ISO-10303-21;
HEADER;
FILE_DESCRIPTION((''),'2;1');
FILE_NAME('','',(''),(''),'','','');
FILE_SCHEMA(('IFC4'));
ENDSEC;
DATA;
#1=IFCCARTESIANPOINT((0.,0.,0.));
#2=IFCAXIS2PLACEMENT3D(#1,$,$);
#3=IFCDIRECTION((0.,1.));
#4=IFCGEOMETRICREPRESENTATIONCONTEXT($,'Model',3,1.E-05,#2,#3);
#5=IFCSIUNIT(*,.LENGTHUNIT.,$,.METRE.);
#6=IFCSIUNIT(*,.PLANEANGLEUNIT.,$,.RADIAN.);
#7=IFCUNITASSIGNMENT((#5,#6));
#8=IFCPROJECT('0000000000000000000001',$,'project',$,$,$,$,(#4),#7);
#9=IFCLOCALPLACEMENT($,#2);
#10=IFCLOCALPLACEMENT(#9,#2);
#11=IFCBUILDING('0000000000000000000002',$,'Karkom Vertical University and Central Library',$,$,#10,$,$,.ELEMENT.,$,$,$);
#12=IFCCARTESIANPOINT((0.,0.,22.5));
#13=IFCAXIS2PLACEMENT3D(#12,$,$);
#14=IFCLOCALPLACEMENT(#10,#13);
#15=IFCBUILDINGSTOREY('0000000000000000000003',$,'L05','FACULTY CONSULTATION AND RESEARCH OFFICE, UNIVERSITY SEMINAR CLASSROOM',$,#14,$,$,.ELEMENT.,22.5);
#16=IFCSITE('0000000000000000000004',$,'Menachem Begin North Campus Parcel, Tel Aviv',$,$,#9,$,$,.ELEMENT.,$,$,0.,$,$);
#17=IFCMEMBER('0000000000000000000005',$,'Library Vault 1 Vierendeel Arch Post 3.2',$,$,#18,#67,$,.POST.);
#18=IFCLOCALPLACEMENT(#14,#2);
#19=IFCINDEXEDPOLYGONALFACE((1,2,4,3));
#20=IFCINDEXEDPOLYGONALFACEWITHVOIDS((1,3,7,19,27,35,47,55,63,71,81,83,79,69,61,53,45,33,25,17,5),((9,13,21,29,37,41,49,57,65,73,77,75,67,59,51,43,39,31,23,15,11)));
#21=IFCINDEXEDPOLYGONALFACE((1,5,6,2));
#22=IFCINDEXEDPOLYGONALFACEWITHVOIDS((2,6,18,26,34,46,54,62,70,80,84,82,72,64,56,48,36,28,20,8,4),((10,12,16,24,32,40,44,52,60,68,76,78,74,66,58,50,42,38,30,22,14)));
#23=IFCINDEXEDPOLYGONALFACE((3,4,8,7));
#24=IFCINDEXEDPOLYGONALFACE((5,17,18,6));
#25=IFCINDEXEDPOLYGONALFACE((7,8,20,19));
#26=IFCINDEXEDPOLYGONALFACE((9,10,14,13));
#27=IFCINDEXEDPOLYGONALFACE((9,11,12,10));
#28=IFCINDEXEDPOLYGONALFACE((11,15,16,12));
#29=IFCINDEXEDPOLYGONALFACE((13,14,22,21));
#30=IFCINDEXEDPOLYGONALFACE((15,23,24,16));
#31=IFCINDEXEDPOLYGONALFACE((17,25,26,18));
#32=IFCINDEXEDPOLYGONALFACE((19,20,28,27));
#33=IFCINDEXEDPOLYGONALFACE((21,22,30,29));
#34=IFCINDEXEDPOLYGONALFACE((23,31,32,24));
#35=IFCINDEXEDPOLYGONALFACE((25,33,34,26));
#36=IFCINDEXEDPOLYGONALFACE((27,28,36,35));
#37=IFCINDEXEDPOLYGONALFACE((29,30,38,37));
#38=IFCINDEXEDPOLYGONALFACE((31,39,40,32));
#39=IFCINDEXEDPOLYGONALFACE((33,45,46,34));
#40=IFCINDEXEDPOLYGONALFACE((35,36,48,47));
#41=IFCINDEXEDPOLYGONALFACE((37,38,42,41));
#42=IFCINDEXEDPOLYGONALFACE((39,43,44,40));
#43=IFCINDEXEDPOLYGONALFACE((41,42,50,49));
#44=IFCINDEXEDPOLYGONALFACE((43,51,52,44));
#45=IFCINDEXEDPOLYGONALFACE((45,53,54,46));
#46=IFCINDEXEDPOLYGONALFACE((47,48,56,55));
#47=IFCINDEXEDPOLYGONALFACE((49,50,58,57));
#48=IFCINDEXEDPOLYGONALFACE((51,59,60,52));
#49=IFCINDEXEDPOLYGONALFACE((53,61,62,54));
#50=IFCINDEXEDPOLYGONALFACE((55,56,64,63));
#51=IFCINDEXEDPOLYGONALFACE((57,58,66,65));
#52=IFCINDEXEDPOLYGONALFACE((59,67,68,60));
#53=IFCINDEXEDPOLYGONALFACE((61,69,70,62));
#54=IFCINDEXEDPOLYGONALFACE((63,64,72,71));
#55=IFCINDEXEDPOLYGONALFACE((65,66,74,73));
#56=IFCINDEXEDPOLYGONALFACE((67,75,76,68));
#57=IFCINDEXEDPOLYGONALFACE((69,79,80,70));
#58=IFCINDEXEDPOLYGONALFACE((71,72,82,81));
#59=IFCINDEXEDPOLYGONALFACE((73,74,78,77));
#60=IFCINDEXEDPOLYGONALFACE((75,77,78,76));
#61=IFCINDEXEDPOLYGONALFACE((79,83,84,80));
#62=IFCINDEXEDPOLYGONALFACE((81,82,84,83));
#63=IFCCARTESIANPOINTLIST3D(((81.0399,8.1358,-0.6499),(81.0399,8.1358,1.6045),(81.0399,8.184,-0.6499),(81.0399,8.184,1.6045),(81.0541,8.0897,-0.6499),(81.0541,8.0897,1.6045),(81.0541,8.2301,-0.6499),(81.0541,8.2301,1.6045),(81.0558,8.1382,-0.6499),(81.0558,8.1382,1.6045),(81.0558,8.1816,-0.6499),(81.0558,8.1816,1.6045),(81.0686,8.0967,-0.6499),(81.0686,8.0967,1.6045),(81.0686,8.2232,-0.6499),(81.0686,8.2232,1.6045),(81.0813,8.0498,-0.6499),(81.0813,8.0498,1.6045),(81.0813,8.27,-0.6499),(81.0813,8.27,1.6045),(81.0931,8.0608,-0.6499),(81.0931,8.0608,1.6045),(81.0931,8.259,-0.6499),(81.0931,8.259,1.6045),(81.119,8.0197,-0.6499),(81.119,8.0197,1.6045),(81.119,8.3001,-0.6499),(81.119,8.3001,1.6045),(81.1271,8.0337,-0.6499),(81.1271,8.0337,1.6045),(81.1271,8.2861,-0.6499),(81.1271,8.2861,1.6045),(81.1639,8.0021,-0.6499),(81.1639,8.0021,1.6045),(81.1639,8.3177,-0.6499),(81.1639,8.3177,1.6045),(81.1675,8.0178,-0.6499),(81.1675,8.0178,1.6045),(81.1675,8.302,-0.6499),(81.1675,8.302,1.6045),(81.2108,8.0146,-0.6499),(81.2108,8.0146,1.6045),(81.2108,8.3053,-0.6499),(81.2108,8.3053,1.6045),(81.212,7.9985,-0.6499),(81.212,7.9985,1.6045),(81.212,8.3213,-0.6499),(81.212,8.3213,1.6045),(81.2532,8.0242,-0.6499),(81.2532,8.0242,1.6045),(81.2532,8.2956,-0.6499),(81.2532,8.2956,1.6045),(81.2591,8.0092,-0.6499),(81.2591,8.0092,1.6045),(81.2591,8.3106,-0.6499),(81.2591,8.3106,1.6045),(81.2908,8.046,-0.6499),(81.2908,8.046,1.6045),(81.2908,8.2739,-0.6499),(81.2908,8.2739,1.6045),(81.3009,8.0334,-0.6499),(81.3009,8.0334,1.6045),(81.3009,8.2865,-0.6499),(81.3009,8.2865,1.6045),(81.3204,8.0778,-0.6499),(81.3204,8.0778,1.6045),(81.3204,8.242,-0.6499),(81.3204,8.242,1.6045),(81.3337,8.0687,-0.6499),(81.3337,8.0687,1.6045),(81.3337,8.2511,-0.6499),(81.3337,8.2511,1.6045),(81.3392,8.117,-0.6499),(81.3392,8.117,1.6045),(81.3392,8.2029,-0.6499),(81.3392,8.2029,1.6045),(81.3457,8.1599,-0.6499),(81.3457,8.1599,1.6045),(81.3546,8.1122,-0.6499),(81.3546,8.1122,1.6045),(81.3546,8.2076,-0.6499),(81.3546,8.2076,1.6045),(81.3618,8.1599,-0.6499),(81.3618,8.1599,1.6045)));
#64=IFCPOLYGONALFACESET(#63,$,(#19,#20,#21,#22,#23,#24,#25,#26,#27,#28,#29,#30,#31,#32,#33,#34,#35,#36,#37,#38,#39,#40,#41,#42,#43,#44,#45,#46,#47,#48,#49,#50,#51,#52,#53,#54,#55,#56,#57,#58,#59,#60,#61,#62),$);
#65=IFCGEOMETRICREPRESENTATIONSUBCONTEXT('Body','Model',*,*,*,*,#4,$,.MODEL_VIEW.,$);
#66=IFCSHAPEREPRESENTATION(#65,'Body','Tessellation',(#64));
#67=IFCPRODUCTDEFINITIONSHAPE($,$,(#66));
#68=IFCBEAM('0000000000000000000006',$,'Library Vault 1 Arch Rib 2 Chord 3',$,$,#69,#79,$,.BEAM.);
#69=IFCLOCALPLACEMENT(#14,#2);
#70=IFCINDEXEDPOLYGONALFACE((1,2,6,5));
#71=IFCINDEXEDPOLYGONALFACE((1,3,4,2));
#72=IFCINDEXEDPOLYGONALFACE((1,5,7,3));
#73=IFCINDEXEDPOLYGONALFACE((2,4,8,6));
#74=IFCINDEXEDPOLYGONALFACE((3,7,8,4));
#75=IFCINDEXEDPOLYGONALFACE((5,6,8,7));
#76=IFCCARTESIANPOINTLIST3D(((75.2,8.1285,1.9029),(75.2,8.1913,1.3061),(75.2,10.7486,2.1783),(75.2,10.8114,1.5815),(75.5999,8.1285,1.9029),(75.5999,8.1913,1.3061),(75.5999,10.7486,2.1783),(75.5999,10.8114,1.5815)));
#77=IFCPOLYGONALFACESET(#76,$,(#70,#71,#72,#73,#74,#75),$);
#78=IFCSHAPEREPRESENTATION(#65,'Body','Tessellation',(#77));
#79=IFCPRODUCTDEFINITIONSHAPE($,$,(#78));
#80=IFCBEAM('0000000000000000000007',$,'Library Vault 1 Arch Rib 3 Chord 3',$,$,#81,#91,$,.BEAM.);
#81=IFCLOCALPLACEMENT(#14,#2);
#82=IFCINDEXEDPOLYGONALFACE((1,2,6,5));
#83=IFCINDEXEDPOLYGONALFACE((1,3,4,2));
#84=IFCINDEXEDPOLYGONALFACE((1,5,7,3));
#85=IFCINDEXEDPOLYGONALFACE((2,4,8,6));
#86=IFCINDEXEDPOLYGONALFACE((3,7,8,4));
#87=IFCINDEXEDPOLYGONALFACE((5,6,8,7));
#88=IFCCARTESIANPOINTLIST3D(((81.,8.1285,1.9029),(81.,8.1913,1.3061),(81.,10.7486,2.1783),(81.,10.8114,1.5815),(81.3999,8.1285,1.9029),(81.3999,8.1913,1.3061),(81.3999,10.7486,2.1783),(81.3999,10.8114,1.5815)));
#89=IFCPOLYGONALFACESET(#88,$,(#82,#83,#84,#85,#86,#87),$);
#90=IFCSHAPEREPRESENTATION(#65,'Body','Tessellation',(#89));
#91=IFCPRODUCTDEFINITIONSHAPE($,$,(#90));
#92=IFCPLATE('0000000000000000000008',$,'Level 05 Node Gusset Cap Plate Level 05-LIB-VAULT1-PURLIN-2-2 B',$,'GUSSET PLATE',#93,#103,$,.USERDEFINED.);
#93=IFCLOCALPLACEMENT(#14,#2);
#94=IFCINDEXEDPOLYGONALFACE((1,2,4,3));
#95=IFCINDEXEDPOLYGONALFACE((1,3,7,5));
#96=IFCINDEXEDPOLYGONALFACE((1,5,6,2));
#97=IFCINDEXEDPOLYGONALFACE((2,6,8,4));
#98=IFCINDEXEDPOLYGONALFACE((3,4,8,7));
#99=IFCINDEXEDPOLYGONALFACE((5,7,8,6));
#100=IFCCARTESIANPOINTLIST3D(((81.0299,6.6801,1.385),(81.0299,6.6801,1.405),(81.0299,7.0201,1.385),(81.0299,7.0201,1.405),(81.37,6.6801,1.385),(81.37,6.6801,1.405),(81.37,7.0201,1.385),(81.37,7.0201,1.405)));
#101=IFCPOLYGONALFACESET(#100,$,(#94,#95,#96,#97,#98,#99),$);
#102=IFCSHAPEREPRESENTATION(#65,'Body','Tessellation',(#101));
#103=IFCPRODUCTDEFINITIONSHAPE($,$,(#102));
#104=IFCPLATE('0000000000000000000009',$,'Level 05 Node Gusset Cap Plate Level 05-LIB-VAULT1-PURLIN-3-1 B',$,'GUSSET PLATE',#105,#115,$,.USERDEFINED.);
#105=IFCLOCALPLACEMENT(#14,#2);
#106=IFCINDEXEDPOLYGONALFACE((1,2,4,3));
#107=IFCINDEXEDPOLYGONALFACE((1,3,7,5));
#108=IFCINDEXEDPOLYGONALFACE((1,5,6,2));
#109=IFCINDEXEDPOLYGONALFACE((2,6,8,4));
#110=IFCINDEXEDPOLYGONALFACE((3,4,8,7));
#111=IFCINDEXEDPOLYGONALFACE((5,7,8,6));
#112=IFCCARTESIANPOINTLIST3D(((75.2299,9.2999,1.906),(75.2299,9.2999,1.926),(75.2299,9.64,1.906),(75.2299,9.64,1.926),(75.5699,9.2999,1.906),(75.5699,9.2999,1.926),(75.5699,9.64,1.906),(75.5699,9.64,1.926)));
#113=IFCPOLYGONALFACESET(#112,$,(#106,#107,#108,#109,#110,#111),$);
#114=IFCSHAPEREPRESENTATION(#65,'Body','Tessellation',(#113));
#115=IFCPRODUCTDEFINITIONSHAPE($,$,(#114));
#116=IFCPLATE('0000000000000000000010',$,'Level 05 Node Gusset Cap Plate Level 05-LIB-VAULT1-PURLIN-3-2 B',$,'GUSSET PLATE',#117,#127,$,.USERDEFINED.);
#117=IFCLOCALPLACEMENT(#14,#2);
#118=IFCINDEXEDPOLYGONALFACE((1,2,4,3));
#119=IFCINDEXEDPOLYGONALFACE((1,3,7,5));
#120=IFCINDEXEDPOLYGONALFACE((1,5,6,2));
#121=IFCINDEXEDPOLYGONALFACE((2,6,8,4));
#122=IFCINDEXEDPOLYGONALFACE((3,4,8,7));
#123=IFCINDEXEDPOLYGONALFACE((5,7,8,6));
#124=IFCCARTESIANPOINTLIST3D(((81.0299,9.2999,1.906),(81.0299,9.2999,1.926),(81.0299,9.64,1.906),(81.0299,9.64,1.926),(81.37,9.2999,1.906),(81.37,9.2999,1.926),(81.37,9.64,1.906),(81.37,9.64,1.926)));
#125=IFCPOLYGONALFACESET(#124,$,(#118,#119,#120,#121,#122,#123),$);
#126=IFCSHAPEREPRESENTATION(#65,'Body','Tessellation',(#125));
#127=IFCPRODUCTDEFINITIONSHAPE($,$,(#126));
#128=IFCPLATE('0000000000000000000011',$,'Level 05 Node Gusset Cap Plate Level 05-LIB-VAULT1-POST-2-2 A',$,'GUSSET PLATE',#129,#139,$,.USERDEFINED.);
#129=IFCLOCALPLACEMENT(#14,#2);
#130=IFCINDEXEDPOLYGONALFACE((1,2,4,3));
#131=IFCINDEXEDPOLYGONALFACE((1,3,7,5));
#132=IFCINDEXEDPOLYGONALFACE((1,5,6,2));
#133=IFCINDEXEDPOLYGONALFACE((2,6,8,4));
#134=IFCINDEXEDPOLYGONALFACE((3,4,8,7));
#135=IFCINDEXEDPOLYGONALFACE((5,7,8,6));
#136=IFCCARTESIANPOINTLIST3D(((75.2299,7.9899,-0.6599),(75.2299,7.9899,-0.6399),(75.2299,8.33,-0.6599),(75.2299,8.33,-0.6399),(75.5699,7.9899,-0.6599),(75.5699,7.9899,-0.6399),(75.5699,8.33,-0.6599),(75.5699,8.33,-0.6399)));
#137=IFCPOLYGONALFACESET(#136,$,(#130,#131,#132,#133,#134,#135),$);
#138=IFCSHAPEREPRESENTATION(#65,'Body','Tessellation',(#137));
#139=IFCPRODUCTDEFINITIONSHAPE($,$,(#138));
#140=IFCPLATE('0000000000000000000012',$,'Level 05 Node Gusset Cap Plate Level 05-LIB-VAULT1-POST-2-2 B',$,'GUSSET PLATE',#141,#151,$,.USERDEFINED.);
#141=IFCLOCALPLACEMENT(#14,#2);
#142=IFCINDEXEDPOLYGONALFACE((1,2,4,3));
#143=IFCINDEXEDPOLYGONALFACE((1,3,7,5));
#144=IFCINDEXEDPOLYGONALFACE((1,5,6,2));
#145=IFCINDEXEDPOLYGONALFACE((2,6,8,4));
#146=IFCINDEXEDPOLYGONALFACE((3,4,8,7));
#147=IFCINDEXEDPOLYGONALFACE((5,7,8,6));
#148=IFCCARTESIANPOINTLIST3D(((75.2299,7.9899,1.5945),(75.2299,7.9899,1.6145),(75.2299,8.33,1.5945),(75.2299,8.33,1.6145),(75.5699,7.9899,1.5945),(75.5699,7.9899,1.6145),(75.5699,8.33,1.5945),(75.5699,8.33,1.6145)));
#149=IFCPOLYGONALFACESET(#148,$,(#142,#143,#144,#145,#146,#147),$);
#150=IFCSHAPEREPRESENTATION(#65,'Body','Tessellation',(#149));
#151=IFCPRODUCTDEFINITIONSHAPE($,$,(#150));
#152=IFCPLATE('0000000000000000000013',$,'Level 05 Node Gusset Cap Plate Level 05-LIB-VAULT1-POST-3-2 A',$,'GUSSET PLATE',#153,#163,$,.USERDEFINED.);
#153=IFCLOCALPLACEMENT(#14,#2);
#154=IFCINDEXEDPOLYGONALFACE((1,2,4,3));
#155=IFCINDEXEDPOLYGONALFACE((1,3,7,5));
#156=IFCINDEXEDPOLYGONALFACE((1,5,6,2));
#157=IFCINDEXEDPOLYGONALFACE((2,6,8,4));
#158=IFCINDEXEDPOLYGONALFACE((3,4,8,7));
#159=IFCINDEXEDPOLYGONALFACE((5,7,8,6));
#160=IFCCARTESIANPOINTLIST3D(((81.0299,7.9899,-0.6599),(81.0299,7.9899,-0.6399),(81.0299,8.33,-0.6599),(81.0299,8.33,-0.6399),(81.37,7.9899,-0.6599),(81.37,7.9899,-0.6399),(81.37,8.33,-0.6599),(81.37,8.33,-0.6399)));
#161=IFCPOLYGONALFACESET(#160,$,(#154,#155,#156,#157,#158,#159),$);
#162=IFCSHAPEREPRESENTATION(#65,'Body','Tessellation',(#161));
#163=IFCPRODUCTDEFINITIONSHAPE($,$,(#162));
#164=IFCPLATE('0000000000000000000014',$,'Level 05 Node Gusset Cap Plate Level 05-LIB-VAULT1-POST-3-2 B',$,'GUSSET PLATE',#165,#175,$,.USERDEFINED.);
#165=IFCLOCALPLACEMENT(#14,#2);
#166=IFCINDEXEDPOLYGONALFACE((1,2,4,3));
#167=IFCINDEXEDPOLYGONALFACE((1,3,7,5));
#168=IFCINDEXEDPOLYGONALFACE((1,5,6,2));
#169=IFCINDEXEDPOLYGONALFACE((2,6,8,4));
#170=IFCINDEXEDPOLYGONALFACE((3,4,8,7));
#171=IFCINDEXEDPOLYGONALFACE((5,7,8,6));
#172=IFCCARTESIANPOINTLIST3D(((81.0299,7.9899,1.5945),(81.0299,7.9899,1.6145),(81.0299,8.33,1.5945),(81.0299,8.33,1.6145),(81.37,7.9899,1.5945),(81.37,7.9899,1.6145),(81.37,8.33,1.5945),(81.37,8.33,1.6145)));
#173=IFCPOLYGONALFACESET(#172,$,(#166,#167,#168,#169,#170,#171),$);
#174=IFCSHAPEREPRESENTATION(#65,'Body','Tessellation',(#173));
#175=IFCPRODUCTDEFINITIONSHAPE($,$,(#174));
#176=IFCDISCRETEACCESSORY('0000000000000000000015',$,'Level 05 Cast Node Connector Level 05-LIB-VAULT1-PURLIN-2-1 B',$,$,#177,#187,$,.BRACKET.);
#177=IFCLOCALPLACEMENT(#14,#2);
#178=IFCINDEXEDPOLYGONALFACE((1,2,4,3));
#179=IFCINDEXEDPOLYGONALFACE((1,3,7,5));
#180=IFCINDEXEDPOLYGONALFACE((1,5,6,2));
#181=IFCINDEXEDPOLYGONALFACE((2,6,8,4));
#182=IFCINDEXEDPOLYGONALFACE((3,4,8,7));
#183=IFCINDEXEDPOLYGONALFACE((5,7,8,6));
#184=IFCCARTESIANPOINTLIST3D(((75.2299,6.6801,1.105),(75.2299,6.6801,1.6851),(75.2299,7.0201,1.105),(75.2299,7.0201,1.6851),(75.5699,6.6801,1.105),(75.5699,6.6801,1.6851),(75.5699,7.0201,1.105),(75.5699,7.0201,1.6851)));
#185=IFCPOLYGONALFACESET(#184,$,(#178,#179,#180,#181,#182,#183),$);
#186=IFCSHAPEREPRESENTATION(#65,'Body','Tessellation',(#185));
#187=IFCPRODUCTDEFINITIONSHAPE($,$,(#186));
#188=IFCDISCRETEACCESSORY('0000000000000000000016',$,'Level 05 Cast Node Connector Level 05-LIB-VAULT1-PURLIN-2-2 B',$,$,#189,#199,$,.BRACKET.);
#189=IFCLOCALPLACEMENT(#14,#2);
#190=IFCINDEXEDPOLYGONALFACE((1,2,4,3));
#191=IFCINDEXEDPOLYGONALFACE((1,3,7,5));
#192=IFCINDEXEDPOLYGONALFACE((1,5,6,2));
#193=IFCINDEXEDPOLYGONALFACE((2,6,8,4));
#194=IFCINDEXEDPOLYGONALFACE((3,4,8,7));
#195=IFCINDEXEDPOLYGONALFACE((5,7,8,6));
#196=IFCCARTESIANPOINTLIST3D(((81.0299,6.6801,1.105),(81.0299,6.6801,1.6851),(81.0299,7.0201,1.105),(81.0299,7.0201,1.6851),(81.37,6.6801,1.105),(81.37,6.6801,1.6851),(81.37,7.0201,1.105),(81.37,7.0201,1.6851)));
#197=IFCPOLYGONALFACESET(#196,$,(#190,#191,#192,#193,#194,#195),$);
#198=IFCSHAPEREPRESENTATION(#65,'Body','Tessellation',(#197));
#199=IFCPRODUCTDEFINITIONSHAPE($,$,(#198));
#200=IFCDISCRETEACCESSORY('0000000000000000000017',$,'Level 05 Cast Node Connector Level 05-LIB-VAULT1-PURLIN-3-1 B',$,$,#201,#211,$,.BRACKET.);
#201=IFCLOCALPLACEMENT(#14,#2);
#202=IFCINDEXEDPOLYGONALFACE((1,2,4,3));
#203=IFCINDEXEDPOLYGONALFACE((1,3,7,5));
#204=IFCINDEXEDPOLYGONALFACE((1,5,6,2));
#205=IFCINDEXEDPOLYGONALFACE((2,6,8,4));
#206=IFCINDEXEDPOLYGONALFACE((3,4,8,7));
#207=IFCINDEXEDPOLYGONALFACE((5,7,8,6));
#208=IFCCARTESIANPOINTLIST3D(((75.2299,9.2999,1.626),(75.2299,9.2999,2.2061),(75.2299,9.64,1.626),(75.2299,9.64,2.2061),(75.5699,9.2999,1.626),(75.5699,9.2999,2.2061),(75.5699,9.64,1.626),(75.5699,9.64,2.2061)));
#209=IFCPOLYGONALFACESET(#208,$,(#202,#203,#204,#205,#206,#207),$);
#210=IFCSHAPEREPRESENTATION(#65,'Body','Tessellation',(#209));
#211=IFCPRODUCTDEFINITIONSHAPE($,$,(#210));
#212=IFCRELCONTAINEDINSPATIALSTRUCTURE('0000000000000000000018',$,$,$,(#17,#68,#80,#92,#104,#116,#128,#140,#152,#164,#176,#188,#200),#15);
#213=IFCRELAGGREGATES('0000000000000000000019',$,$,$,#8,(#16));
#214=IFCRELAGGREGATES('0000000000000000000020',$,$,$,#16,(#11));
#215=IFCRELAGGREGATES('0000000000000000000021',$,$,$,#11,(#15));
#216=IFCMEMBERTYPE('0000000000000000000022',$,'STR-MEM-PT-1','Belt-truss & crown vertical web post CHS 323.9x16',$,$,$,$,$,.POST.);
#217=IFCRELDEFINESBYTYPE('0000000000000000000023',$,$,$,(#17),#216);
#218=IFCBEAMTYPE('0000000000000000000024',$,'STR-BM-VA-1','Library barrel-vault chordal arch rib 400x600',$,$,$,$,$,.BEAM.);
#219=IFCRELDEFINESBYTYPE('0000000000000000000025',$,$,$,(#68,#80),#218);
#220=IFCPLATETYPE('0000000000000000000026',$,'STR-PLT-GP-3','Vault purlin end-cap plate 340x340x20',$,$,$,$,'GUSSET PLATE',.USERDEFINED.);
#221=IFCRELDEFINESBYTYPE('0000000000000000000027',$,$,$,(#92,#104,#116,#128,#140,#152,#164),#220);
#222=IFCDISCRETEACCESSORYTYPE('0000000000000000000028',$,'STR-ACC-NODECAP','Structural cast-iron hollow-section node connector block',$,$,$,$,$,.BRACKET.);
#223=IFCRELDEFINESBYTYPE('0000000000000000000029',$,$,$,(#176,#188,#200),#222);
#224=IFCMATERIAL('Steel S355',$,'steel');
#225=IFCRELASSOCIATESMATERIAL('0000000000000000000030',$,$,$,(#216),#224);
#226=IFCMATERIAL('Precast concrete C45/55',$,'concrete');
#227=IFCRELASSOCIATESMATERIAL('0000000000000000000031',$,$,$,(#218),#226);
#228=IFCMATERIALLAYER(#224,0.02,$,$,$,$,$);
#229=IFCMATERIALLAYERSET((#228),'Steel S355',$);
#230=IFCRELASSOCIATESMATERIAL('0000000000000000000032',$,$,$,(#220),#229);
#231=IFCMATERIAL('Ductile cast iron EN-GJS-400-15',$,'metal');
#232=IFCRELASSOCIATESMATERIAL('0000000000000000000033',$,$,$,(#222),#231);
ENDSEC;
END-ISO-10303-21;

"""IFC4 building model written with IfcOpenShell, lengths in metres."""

from ifc_helpers import new_model, si_unit, direction, frame, origin, origin_with_axes, origin_2d, place, context, subcontext, project, spatial, rectangle, hollow_circle, extrude, source, transform, mapped, material, layer, layer_set, material_profile, profile_set, type_object, element, save


model = new_model("IFC4")

# Units and contexts
model_context = context("Model", 3, precision=1e-05, world=origin(), true_north=direction((0.0, 1.0)))
body_context = subcontext(model_context, "Body", "Model", "MODEL_VIEW")
ifc_project = project(units=[si_unit("LENGTHUNIT", "METRE"), si_unit("PLANEANGLEUNIT", "RADIAN")], contexts=[model_context])

# Site, building, storey
site_placement = place(None, origin())
site = spatial("IfcSite", under=ifc_project, at=site_placement, Name="Menachem Begin North Campus Parcel, Tel Aviv", CompositionType="ELEMENT", RefElevation=0.0)
building_placement = place(site_placement, origin())
building = spatial("IfcBuilding", under=site, at=building_placement, Name="Karkom Vertical University and Central Library", CompositionType="ELEMENT")
storey_placement = place(building_placement, frame((0.0, 0.0, 22.5)))
storey = spatial("IfcBuildingStorey", under=building, at=storey_placement, Name="L05", Description="FACULTY CONSULTATION AND RESEARCH OFFICE, UNIVERSITY SEMINAR CLASSROOM", CompositionType="ELEMENT", Elevation=22.5)

# Member
ifc_material_1 = material(Name="Steel S355", Category="steel")
ifc_material_profile_1 = material_profile(ifc_material_1, hollow_circle(Radius=0.1619, WallThickness=0.0161, at=origin_2d()), Name="CHS 323.9x16")
ifc_profile_set_1 = profile_set([ifc_material_profile_1], Name="Steel S355")
member_type_1 = type_object("IfcMemberType", Name="STR-MEM-PT-1", Description="Belt-truss & crown vertical web post CHS 323.9x16", PredefinedType="POST", material=ifc_profile_set_1)
shared_shape_1 = source(origin_with_axes(), body_context, "Body", "SweptSolid", [
    extrude(hollow_circle(Radius=0.1619, WallThickness=0.0161, at=origin_2d()), origin(), (0.0, 0.0, 1.0), 2.2544),
])
for number, where, z_axis, x_axis, name in (
    (1, (81.2, 8.1599, -0.6499), (0.0, 0.0, 1.0), (1.0, 0.0, 0.0), "Library Vault 1 Vierendeel Arch Post 3.2"),
):
    element("IfcMember", number, at=place(storey_placement, frame(where, z_axis=z_axis, x_axis=x_axis)), inside=storey, type_object=member_type_1, Name=name, PredefinedType="POST", context=body_context, shape_type="MappedRepresentation", body=[
        mapped(shared_shape_1, transform((0.0, 0.0, 0.0), scale=1.0)),
    ])

# Beams
ifc_material_2 = material(Name="Precast concrete C45/55", Category="concrete")
ifc_material_profile_2 = material_profile(ifc_material_2, rectangle(XDim=0.3999, YDim=0.6001, at=origin_2d()), Name="RCB-400x600")
ifc_profile_set_2 = profile_set([ifc_material_profile_2], Name="Precast concrete C45/55")
beam_type = type_object("IfcBeamType", Name="STR-BM-VA-1", Description="Library barrel-vault chordal arch rib 400x600", PredefinedType="BEAM", material=ifc_profile_set_2)
shared_shape_2 = source(origin_with_axes(), body_context, "Body", "SweptSolid", [
    extrude(rectangle(XDim=0.3999, YDim=0.6001, at=origin_2d()), origin(), (0.0, 0.0, 1.0), 2.6345),
])
for number, where, z_axis, x_axis, name in (
    (2, (75.3999, 8.1599, 1.6045), (0.0, 0.994522, 0.10453), (-1.0, 0.0, 0.0), "Library Vault 1 Arch Rib 2 Chord 3"),
    (3, (81.2, 8.1599, 1.6045), (0.0, 0.994522, 0.10453), (-1.0, 0.0, 0.0), "Library Vault 1 Arch Rib 3 Chord 3"),
):
    element("IfcBeam", number, at=place(storey_placement, frame(where, z_axis=z_axis, x_axis=x_axis)), inside=storey, type_object=beam_type, Name=name, PredefinedType="BEAM", context=body_context, shape_type="MappedRepresentation", body=[
        mapped(shared_shape_2, transform((0.0, 0.0, 0.0), scale=1.0)),
    ])

# Plates
ifc_layer = layer(ifc_material_1, 0.02)
ifc_layer_set = layer_set([ifc_layer], Name="Steel S355")
plate_type = type_object("IfcPlateType", Name="STR-PLT-GP-3", Description="Vault purlin end-cap plate 340x340x20", ElementType="GUSSET PLATE", PredefinedType="USERDEFINED", material=ifc_layer_set)
shared_shape_3 = source(origin_with_axes(), body_context, "Body", "SweptSolid", [
    extrude(rectangle(XDim=0.3401, YDim=0.3401, at=origin_2d()), origin(), (0.0, 0.0, 1.0), 0.02),
])
for number, where, z_axis, x_axis, name in (
    (4, (81.2, 6.8501, 1.385), (0.0, 0.0, 1.0), (1.0, 0.0, 0.0), "Level 05 Node Gusset Cap Plate Level 05-LIB-VAULT1-PURLIN-2-2 B"),
    (5, (75.3999, 9.47, 1.906), (0.0, 0.0, 1.0), (1.0, 0.0, 0.0), "Level 05 Node Gusset Cap Plate Level 05-LIB-VAULT1-PURLIN-3-1 B"),
    (6, (81.2, 9.47, 1.906), (0.0, 0.0, 1.0), (1.0, 0.0, 0.0), "Level 05 Node Gusset Cap Plate Level 05-LIB-VAULT1-PURLIN-3-2 B"),
    (7, (75.3999, 8.1599, -0.6599), (0.0, 0.0, 1.0), (1.0, 0.0, 0.0), "Level 05 Node Gusset Cap Plate Level 05-LIB-VAULT1-POST-2-2 A"),
    (8, (75.3999, 8.1599, 1.5945), (0.0, 0.0, 1.0), (1.0, 0.0, 0.0), "Level 05 Node Gusset Cap Plate Level 05-LIB-VAULT1-POST-2-2 B"),
    (9, (81.2, 8.1599, -0.6599), (0.0, 0.0, 1.0), (1.0, 0.0, 0.0), "Level 05 Node Gusset Cap Plate Level 05-LIB-VAULT1-POST-3-2 A"),
    (10, (81.2, 8.1599, 1.5945), (0.0, 0.0, 1.0), (1.0, 0.0, 0.0), "Level 05 Node Gusset Cap Plate Level 05-LIB-VAULT1-POST-3-2 B"),
):
    element("IfcPlate", number, at=place(storey_placement, frame(where, z_axis=z_axis, x_axis=x_axis)), inside=storey, type_object=plate_type, Name=name, ObjectType="GUSSET PLATE", PredefinedType="USERDEFINED", context=body_context, shape_type="MappedRepresentation", body=[
        mapped(shared_shape_3, transform((0.0, 0.0, 0.0), scale=1.0)),
    ])

# Discrete accessories
ifc_material_3 = material(Name="Ductile cast iron EN-GJS-400-15", Category="metal")
discrete_accessory_type = type_object("IfcDiscreteAccessoryType", Name="STR-ACC-NODECAP", Description="Structural cast-iron hollow-section node connector block", PredefinedType="BRACKET", material=ifc_material_3)
shared_shape_4 = source(origin_with_axes(), body_context, "Body", "SweptSolid", [
    extrude(rectangle(XDim=0.3401, YDim=0.3401, at=origin_2d()), origin(), (0.0, 0.0, 1.0), 0.5801),
])
for number, where, z_axis, x_axis, name in (
    (11, (75.3999, 6.8501, 1.105), (0.0, 0.0, 1.0), (1.0, 0.0, 0.0), "Level 05 Cast Node Connector Level 05-LIB-VAULT1-PURLIN-2-1 B"),
    (12, (81.2, 6.8501, 1.105), (0.0, 0.0, 1.0), (1.0, 0.0, 0.0), "Level 05 Cast Node Connector Level 05-LIB-VAULT1-PURLIN-2-2 B"),
    (13, (75.3999, 9.47, 1.626), (0.0, 0.0, 1.0), (1.0, 0.0, 0.0), "Level 05 Cast Node Connector Level 05-LIB-VAULT1-PURLIN-3-1 B"),
):
    element("IfcDiscreteAccessory", number, at=place(storey_placement, frame(where, z_axis=z_axis, x_axis=x_axis)), inside=storey, type_object=discrete_accessory_type, Name=name, PredefinedType="BRACKET", context=body_context, shape_type="MappedRepresentation", body=[
        mapped(shared_shape_4, transform((0.0, 0.0, 0.0), scale=1.0)),
    ])

save(model, "model.ifc")
